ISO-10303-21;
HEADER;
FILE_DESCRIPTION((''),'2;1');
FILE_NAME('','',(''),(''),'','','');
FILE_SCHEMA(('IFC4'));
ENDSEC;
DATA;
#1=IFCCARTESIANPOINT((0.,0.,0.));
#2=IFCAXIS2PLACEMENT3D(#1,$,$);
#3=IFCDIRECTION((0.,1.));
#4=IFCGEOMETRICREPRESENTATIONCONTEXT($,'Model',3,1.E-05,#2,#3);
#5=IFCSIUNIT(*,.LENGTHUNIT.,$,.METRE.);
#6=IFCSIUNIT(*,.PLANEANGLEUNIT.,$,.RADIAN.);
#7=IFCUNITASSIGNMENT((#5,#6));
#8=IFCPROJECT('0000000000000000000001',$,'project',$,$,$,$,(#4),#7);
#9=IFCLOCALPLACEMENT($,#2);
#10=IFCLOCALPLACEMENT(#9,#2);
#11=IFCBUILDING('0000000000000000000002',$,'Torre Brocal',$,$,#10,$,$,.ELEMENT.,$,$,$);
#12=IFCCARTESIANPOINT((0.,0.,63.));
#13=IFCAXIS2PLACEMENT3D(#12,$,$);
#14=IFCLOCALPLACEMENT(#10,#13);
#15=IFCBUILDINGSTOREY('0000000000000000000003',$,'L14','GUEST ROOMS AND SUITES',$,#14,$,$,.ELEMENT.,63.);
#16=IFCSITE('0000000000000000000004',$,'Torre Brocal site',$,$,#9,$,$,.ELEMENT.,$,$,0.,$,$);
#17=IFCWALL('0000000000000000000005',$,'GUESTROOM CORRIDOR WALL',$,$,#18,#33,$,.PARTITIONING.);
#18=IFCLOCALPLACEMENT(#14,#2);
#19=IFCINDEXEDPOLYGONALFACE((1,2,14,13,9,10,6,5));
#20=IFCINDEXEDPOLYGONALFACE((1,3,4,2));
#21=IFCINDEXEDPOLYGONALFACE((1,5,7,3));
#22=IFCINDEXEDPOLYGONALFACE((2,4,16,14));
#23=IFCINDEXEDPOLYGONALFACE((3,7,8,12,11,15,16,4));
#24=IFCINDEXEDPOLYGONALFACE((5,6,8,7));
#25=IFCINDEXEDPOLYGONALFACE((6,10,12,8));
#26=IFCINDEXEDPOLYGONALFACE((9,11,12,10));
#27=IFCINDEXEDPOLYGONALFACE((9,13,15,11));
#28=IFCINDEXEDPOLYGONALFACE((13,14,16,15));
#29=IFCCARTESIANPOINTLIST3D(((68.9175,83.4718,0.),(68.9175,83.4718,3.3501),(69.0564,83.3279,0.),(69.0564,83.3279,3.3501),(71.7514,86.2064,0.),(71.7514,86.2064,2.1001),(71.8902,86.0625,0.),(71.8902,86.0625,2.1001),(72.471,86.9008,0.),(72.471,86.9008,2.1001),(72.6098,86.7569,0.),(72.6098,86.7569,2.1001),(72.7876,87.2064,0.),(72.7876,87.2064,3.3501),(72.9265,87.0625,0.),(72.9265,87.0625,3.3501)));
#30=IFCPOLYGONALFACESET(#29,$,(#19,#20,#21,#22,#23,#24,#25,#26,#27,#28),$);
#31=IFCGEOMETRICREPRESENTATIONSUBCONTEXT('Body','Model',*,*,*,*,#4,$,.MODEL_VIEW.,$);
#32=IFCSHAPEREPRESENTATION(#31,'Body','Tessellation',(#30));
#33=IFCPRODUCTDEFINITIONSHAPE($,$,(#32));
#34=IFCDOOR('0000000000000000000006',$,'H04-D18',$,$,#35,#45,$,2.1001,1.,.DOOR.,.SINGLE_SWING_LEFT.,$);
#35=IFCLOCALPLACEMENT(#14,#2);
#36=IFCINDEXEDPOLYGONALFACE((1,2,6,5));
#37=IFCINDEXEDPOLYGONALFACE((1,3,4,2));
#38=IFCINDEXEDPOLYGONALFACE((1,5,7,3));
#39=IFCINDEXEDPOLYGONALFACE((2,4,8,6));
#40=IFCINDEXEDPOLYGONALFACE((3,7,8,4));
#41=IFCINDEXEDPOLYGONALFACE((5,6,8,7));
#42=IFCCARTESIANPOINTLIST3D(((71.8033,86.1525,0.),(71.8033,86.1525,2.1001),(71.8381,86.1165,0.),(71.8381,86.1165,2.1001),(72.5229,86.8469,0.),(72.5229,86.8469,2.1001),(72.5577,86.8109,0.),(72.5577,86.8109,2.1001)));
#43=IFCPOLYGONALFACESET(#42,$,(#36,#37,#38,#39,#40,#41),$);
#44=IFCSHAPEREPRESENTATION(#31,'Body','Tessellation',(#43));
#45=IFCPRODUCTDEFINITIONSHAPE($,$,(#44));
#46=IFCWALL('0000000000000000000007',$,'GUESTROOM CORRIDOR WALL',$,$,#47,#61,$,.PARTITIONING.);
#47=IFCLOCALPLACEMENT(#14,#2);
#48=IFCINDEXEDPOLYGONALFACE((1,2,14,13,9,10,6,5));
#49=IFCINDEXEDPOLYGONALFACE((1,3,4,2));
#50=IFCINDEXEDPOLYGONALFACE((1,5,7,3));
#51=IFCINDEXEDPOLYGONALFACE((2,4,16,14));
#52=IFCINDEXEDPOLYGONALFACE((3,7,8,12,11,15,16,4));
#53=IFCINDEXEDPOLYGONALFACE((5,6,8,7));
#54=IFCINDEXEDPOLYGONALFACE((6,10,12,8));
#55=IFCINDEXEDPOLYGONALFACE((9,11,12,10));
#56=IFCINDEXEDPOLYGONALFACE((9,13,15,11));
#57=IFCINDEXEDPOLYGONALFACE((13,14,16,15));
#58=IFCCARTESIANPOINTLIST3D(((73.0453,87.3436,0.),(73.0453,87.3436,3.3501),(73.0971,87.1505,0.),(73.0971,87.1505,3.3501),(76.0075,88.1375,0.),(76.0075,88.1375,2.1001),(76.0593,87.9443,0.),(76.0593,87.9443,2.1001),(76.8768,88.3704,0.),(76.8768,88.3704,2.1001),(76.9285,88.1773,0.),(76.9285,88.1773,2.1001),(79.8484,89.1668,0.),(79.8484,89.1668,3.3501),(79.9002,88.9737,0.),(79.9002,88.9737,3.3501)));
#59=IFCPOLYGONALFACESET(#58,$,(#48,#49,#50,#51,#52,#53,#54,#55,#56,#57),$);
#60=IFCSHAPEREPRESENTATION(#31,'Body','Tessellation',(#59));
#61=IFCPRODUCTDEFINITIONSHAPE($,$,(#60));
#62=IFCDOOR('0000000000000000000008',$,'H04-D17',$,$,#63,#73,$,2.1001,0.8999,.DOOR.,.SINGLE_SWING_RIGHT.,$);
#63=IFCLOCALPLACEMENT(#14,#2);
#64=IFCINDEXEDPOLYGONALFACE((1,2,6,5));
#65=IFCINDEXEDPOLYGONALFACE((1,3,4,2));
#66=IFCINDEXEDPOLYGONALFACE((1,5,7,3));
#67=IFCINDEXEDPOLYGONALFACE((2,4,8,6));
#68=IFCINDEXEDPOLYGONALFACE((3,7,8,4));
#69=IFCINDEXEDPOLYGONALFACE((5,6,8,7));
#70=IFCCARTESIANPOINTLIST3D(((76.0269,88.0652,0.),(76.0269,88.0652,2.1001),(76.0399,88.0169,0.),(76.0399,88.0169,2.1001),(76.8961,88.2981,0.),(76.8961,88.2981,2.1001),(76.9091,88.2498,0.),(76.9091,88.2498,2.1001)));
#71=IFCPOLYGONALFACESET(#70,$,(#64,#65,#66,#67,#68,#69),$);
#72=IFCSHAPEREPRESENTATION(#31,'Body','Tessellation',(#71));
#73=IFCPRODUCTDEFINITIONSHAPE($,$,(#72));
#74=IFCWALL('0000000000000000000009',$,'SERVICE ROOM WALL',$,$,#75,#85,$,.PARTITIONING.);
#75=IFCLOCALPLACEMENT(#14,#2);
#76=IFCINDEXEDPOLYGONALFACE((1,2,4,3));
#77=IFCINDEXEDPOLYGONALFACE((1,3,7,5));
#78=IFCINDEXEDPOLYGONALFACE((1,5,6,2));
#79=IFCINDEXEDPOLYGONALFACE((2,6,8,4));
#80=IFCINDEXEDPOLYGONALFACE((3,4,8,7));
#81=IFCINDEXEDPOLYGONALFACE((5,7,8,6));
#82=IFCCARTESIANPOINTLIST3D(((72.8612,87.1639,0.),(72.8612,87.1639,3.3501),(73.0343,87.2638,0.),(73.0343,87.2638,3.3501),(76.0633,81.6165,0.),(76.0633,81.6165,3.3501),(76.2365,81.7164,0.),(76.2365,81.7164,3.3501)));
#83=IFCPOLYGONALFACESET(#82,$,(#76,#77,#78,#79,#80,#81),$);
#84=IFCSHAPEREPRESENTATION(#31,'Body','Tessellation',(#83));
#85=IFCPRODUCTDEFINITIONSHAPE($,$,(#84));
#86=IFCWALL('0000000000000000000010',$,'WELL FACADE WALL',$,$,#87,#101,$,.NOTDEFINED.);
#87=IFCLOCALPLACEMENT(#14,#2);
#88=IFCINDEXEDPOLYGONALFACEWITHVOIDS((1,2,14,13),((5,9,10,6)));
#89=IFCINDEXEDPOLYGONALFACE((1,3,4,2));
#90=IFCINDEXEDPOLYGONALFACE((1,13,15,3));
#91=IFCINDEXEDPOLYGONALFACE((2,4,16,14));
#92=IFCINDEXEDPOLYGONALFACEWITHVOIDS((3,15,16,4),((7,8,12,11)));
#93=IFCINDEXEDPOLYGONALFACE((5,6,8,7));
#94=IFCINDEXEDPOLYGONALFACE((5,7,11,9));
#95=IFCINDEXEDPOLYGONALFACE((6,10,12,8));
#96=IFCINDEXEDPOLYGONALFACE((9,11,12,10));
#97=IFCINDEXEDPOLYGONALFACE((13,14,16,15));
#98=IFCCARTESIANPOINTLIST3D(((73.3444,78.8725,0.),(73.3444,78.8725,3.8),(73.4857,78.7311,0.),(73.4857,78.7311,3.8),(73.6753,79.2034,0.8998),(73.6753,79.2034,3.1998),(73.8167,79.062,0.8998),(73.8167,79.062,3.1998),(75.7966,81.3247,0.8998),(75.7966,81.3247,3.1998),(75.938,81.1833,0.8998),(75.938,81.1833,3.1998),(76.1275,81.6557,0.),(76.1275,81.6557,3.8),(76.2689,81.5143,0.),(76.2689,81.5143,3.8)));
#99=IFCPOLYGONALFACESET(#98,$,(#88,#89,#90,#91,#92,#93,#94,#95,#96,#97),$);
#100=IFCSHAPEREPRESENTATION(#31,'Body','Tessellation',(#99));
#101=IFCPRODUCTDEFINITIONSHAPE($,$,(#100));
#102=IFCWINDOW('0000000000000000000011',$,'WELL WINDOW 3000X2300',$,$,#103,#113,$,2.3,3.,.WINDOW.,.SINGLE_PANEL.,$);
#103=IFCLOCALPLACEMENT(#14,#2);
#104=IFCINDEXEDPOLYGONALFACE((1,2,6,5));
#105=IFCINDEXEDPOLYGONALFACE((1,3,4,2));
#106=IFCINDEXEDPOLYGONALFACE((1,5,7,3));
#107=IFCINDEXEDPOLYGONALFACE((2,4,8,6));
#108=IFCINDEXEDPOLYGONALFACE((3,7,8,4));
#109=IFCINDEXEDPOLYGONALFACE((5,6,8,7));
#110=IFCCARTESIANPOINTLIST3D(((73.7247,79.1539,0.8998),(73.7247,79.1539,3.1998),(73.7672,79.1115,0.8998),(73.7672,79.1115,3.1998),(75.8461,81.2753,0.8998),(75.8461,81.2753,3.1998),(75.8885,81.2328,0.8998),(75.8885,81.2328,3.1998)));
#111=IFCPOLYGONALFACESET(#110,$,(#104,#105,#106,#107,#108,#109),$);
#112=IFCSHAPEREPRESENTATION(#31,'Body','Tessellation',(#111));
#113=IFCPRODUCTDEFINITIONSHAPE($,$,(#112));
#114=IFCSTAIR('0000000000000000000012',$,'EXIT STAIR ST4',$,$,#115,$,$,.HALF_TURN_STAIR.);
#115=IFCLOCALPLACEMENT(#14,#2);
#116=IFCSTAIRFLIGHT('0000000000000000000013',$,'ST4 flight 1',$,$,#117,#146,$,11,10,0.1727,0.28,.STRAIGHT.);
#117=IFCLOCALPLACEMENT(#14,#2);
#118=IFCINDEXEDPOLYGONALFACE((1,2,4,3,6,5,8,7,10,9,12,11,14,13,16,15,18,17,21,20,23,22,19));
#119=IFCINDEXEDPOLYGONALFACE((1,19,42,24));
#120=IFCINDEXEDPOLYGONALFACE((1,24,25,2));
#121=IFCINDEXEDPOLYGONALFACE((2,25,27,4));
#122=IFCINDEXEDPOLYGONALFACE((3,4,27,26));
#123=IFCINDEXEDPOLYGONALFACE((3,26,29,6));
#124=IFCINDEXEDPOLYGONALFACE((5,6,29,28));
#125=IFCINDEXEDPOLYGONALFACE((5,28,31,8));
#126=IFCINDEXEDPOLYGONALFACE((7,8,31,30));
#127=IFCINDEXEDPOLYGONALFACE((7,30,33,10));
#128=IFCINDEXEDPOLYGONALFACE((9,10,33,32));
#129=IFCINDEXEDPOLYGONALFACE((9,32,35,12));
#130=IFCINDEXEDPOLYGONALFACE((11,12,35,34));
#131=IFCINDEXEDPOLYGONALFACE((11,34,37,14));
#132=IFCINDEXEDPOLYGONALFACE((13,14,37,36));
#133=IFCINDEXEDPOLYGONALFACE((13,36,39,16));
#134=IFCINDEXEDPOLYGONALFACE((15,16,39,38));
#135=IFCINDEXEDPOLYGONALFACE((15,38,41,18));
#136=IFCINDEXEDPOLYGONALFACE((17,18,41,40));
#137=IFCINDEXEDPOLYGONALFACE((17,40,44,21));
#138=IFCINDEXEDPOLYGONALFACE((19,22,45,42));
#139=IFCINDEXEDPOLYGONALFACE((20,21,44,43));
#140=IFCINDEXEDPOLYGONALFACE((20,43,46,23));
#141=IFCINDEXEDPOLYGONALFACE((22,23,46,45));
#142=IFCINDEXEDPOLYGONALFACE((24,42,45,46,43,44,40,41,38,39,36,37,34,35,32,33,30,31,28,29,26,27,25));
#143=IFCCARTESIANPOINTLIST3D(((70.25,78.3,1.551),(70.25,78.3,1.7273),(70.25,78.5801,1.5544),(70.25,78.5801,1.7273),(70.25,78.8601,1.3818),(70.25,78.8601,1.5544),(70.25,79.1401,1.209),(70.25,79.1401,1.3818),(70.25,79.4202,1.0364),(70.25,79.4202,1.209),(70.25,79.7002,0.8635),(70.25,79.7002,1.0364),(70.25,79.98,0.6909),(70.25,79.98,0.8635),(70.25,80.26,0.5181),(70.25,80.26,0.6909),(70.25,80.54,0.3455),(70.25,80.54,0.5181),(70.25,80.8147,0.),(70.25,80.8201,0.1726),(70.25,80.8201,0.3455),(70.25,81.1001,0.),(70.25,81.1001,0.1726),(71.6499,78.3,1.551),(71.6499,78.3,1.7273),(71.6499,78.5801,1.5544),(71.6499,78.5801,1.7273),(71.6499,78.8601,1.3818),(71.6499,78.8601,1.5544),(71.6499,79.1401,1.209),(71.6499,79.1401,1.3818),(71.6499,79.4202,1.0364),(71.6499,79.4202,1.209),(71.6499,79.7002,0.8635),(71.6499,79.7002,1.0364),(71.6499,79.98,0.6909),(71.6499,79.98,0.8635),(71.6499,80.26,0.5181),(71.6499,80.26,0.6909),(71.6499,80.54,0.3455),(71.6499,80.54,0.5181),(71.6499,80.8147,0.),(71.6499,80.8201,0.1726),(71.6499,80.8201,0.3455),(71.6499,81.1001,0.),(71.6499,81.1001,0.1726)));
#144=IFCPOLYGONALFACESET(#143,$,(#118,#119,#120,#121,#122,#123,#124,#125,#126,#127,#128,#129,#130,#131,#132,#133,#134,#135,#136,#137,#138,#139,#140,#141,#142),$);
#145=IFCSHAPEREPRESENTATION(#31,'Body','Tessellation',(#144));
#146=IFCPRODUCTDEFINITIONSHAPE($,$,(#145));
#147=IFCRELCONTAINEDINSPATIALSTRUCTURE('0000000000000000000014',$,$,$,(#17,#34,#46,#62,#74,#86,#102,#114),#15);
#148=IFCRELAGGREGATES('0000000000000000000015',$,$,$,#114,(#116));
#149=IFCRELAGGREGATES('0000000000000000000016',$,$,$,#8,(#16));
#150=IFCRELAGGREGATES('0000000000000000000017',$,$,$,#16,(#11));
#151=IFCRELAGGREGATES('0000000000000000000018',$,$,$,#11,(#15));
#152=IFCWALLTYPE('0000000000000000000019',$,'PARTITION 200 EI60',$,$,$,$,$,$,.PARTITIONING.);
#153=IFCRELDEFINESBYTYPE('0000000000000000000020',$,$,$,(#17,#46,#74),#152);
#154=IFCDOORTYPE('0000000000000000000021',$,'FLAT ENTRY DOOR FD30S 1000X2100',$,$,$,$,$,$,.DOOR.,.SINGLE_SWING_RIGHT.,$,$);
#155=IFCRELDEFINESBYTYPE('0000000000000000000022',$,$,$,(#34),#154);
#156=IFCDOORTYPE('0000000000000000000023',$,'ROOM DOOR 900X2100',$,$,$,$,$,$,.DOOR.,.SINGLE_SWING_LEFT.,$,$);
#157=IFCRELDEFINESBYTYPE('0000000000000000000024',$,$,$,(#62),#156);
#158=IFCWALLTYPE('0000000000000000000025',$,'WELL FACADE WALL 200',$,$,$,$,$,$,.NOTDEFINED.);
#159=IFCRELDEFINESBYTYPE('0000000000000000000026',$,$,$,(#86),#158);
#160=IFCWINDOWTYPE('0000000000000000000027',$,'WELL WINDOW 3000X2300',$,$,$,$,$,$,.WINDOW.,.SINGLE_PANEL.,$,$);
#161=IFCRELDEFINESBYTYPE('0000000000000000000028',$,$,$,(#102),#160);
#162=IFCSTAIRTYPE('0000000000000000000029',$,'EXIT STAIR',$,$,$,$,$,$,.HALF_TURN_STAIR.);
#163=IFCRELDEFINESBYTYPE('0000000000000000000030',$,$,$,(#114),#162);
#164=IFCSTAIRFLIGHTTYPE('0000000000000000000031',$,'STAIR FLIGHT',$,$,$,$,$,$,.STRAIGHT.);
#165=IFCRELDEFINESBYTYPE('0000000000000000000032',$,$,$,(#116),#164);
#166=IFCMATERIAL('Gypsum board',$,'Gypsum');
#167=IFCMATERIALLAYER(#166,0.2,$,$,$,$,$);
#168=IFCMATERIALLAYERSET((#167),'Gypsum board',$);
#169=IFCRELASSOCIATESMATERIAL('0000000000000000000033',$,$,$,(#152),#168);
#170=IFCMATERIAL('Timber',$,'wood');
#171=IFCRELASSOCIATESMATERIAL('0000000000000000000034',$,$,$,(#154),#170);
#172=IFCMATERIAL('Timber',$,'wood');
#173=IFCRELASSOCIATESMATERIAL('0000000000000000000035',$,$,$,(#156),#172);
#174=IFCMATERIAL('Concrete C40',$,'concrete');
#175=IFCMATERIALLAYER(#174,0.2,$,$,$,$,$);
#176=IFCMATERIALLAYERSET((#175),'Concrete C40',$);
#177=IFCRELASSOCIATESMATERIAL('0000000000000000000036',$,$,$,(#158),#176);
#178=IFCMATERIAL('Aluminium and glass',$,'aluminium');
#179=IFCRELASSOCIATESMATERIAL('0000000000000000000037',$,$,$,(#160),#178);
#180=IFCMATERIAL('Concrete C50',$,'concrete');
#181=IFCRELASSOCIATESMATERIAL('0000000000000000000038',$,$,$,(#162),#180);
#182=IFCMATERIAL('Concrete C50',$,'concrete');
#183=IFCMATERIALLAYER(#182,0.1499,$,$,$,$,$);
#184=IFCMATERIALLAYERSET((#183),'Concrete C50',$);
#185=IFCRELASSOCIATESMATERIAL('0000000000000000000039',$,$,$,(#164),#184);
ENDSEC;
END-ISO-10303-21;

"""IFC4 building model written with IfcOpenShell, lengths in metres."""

from ifc_helpers import new_model, si_unit, direction, frame, frame_2d, origin, place, context, subcontext, project, spatial, polyline, rectangle, outline, extrude, material, layer, layer_set, type_object, element, fill, aggregate, save


model = new_model("IFC4")

# Units and contexts
model_context = context("Model", 3, precision=1e-05, world=origin(), true_north=direction((0.0, 1.0)))
body_context = subcontext(model_context, "Body", "Model", "MODEL_VIEW")
ifc_project = project(units=[si_unit("LENGTHUNIT", "METRE"), si_unit("PLANEANGLEUNIT", "RADIAN")], contexts=[model_context])

# Site, building, storey
site_placement = place(None, origin())
site = spatial("IfcSite", under=ifc_project, at=site_placement, Name="Torre Brocal site", CompositionType="ELEMENT", RefElevation=0.0)
building_placement = place(site_placement, origin())
building = spatial("IfcBuilding", under=site, at=building_placement, Name="Torre Brocal", CompositionType="ELEMENT")
storey_placement = place(building_placement, frame((0.0, 0.0, 63.0)))
storey = spatial("IfcBuildingStorey", under=building, at=storey_placement, Name="L14", Description="GUEST ROOMS AND SUITES", CompositionType="ELEMENT", Elevation=63.0)

# Walls, openings, doors
ifc_material_1 = material(Name="Gypsum board", Category="Gypsum")
ifc_layer_1 = layer(ifc_material_1, 0.2)
ifc_layer_set_1 = layer_set([ifc_layer_1], Name="Gypsum board")
wall_type_1 = type_object("IfcWallType", Name="PARTITION 200 EI60", PredefinedType="PARTITIONING", material=ifc_layer_set_1)
ifc_material_2 = material(Name="Timber", Category="wood")
door_type_1 = type_object("IfcDoorType", Name="FLAT ENTRY DOOR FD30S 1000X2100", OperationType="SINGLE_SWING_RIGHT", PredefinedType="DOOR", material=ifc_material_2)
wall_1_placement = place(storey_placement, frame((68.9871, 83.3999, 0.0), z_axis=(0.0, 0.0, 1.0), x_axis=(0.719592, 0.694398, 0.0)))
wall_1 = element("IfcWall", 1, at=wall_1_placement, inside=storey, type_object=wall_type_1, Name="GUESTROOM CORRIDOR WALL", PredefinedType="PARTITIONING", context=body_context, shape_type="SweptSolid", body=[
    extrude(rectangle(XDim=5.3782, YDim=0.2, at=frame_2d((2.689, 0.0))), origin(), (0.0, 0.0, 1.0), 3.3501),
])
opening_1_placement = place(wall_1_placement, frame((3.938, 0.0, 0.0)))
opening_1 = element("IfcOpeningElement", 2, at=opening_1_placement, cuts=wall_1, PredefinedType="OPENING", context=body_context, shape_type="SweptSolid", body=[
    extrude(rectangle(XDim=1.0, YDim=2.1001, at=frame_2d((0.5, 1.05))), frame((0.0, 0.1099, 0.0), z_axis=(0.0, -1.0, 0.0), x_axis=(1.0, 0.0, 0.0)), (0.0, 0.0, 1.0), 0.22),
])
door_1_placement = place(opening_1_placement, frame((1.0, 0.0, 0.0), z_axis=(0.0, 0.0, 1.0), x_axis=(-1.0, 0.0, 0.0)))
door_1 = element("IfcDoor", 3, at=door_1_placement, inside=storey, type_object=door_type_1, Name="H04-D18", OperationType="SINGLE_SWING_LEFT", OverallHeight=2.1001, OverallWidth=1.0, PredefinedType="DOOR", context=body_context, shape_type="SweptSolid", body=[
    extrude(rectangle(XDim=1.0, YDim=2.1001, at=frame_2d((0.5, 1.05))), frame((0.0, 0.0249, 0.0), z_axis=(0.0, -1.0, 0.0), x_axis=(1.0, 0.0, 0.0)), (0.0, 0.0, 1.0), 0.05),
])
fill(opening_1, door_1)
wall_2_placement = place(storey_placement, frame((73.0713, 87.2471, 0.0), z_axis=(0.0, 0.0, 1.0), x_axis=(0.965914, 0.258862, 0.0)))
wall_2 = element("IfcWall", 4, at=wall_2_placement, inside=storey, type_object=wall_type_1, Name="GUESTROOM CORRIDOR WALL", PredefinedType="PARTITIONING", context=body_context, shape_type="SweptSolid", body=[
    extrude(rectangle(XDim=7.0432, YDim=0.2, at=frame_2d((3.5215, 0.0))), origin(), (0.0, 0.0, 1.0), 3.3501),
])
opening_2_placement = place(wall_2_placement, frame((3.0667, 0.0, 0.0)))
opening_2 = element("IfcOpeningElement", 5, at=opening_2_placement, cuts=wall_2, PredefinedType="OPENING", context=body_context, shape_type="SweptSolid", body=[
    extrude(rectangle(XDim=0.8999, YDim=2.1001, at=frame_2d((0.45, 1.05))), frame((0.0, 0.1099, 0.0), z_axis=(0.0, -1.0, 0.0), x_axis=(1.0, 0.0, 0.0)), (0.0, 0.0, 1.0), 0.22),
])
ifc_material_3 = material(Name="Timber", Category="wood")
door_type_2 = type_object("IfcDoorType", Name="ROOM DOOR 900X2100", OperationType="SINGLE_SWING_LEFT", PredefinedType="DOOR", material=ifc_material_3)
door_2_placement = place(opening_2_placement, frame((0.8999, 0.0, 0.0), z_axis=(0.0, 0.0, 1.0), x_axis=(-1.0, 0.0, 0.0)))
door_2 = element("IfcDoor", 6, at=door_2_placement, inside=storey, type_object=door_type_2, Name="H04-D17", OperationType="SINGLE_SWING_RIGHT", OverallHeight=2.1001, OverallWidth=0.8999, PredefinedType="DOOR", context=body_context, shape_type="SweptSolid", body=[
    extrude(rectangle(XDim=0.8999, YDim=2.1001, at=frame_2d((0.45, 1.05))), frame((0.0, 0.0249, 0.0), z_axis=(0.0, -1.0, 0.0), x_axis=(1.0, 0.0, 0.0)), (0.0, 0.0, 1.0), 0.05),
])
fill(opening_2, door_2)

# Wall
wall_3_placement = place(storey_placement, frame((72.9478, 87.2139, 0.0), z_axis=(0.0, 0.0, 1.0), x_axis=(0.499927, -0.866068, 0.0)))
element("IfcWall", 7, at=wall_3_placement, inside=storey, type_object=wall_type_1, Name="SERVICE ROOM WALL", PredefinedType="PARTITIONING", context=body_context, shape_type="SweptSolid", body=[
    extrude(rectangle(XDim=6.4053, YDim=0.2, at=frame_2d((3.2026, 0.0))), origin(), (0.0, 0.0, 1.0), 3.3501),
])

# Wall, opening, window
ifc_material_4 = material(Name="Concrete C40", Category="concrete")
ifc_layer_2 = layer(ifc_material_4, 0.2)
ifc_layer_set_2 = layer_set([ifc_layer_2], Name="Concrete C40")
wall_type_2 = type_object("IfcWallType", Name="WELL FACADE WALL 200", PredefinedType="NOTDEFINED", material=ifc_layer_set_2)
wall_4_placement = place(storey_placement, frame((76.1982, 81.585, 0.0), z_axis=(0.0, 0.0, 1.0), x_axis=(-0.707107, -0.707107, 0.0)))
wall_4 = element("IfcWall", 8, at=wall_4_placement, inside=storey, type_object=wall_type_2, Name="WELL FACADE WALL", PredefinedType="NOTDEFINED", context=body_context, shape_type="SweptSolid", body=[
    extrude(rectangle(XDim=3.936, YDim=0.2, at=frame_2d((1.968, 0.0))), origin(), (0.0, 0.0, 1.0), 3.8),
])
opening_3_placement = place(wall_4_placement, frame((0.468, 0.0, 0.8999)))
opening_3 = element("IfcOpeningElement", 9, at=opening_3_placement, cuts=wall_4, PredefinedType="OPENING", context=body_context, shape_type="SweptSolid", body=[
    extrude(rectangle(XDim=3.0, YDim=2.3, at=frame_2d((1.5, 1.1499))), frame((0.0, 0.1099, 0.0), z_axis=(0.0, -1.0, 0.0), x_axis=(1.0, 0.0, 0.0)), (0.0, 0.0, 1.0), 0.22),
])
ifc_material_5 = material(Name="Aluminium and glass", Category="aluminium")
window_type = type_object("IfcWindowType", Name="WELL WINDOW 3000X2300", PartitioningType="SINGLE_PANEL", PredefinedType="WINDOW", material=ifc_material_5)
window_placement = place(opening_3_placement, origin())
window = element("IfcWindow", 10, at=window_placement, inside=storey, type_object=window_type, Name="WELL WINDOW 3000X2300", OverallHeight=2.3, OverallWidth=3.0, PartitioningType="SINGLE_PANEL", PredefinedType="WINDOW", context=body_context, shape_type="SweptSolid", body=[
    extrude(rectangle(XDim=3.0, YDim=2.3, at=frame_2d((1.5, 1.1499))), frame((0.0, 0.03, 0.0), z_axis=(0.0, -1.0, 0.0), x_axis=(1.0, 0.0, 0.0)), (0.0, 0.0, 1.0), 0.0601),
])
fill(opening_3, window)

# Stair, stair flight
ifc_material_6 = material(Name="Concrete C50", Category="concrete")
stair_type = type_object("IfcStairType", Name="EXIT STAIR", PredefinedType="HALF_TURN_STAIR", material=ifc_material_6)
stair_placement = place(storey_placement, origin())
stair = element("IfcStair", 11, at=stair_placement, inside=storey, type_object=stair_type, Name="EXIT STAIR ST4", PredefinedType="HALF_TURN_STAIR")
ifc_material_7 = material(Name="Concrete C50", Category="concrete")
ifc_layer_3 = layer(ifc_material_7, 0.1499)
ifc_layer_set_3 = layer_set([ifc_layer_3], Name="Concrete C50")
stair_flight_type = type_object("IfcStairFlightType", Name="STAIR FLIGHT", PredefinedType="STRAIGHT", material=ifc_layer_set_3)
stair_flight_placement = place(storey_placement, frame((70.95, 81.1001, 0.0), z_axis=(0.0, 0.0, 1.0), x_axis=(0.0, -1.0, 0.0)))
stair_flight = element("IfcStairFlight", 12, at=stair_flight_placement, type_object=stair_flight_type, Name="ST4 flight 1", NumberOfRisers=11, NumberOfTreads=10, PredefinedType="STRAIGHT", RiserHeight=0.1727, TreadLength=0.28, context=body_context, shape_type="SweptSolid", body=[
    extrude(outline(polyline([(0.0, 0.0), (0.0, 0.1726), (0.28, 0.1726), (0.28, 0.3455), (0.5601, 0.3455), (0.5601, 0.5181), (0.8401, 0.5181), (0.8401, 0.6909), (1.1201, 0.6909), (1.1201, 0.8635), (1.3999, 0.8635), (1.3999, 1.0364), (1.6799, 1.0364), (1.6799, 1.209), (1.96, 1.209), (1.96, 1.3818), (2.24, 1.3818), (2.24, 1.5544), (2.52, 1.5544), (2.52, 1.7273), (2.8, 1.7273), (2.8, 1.8999), (2.8, 1.551), (0.2854, 0.0), (0.0, 0.0)])), frame((0.0, 0.7, 0.0), z_axis=(0.0, -1.0, 0.0), x_axis=(1.0, 0.0, 0.0)), (0.0, 0.0, 1.0), 1.3999),
])
aggregate(stair, [stair_flight])

save(model, "model.ifc")
